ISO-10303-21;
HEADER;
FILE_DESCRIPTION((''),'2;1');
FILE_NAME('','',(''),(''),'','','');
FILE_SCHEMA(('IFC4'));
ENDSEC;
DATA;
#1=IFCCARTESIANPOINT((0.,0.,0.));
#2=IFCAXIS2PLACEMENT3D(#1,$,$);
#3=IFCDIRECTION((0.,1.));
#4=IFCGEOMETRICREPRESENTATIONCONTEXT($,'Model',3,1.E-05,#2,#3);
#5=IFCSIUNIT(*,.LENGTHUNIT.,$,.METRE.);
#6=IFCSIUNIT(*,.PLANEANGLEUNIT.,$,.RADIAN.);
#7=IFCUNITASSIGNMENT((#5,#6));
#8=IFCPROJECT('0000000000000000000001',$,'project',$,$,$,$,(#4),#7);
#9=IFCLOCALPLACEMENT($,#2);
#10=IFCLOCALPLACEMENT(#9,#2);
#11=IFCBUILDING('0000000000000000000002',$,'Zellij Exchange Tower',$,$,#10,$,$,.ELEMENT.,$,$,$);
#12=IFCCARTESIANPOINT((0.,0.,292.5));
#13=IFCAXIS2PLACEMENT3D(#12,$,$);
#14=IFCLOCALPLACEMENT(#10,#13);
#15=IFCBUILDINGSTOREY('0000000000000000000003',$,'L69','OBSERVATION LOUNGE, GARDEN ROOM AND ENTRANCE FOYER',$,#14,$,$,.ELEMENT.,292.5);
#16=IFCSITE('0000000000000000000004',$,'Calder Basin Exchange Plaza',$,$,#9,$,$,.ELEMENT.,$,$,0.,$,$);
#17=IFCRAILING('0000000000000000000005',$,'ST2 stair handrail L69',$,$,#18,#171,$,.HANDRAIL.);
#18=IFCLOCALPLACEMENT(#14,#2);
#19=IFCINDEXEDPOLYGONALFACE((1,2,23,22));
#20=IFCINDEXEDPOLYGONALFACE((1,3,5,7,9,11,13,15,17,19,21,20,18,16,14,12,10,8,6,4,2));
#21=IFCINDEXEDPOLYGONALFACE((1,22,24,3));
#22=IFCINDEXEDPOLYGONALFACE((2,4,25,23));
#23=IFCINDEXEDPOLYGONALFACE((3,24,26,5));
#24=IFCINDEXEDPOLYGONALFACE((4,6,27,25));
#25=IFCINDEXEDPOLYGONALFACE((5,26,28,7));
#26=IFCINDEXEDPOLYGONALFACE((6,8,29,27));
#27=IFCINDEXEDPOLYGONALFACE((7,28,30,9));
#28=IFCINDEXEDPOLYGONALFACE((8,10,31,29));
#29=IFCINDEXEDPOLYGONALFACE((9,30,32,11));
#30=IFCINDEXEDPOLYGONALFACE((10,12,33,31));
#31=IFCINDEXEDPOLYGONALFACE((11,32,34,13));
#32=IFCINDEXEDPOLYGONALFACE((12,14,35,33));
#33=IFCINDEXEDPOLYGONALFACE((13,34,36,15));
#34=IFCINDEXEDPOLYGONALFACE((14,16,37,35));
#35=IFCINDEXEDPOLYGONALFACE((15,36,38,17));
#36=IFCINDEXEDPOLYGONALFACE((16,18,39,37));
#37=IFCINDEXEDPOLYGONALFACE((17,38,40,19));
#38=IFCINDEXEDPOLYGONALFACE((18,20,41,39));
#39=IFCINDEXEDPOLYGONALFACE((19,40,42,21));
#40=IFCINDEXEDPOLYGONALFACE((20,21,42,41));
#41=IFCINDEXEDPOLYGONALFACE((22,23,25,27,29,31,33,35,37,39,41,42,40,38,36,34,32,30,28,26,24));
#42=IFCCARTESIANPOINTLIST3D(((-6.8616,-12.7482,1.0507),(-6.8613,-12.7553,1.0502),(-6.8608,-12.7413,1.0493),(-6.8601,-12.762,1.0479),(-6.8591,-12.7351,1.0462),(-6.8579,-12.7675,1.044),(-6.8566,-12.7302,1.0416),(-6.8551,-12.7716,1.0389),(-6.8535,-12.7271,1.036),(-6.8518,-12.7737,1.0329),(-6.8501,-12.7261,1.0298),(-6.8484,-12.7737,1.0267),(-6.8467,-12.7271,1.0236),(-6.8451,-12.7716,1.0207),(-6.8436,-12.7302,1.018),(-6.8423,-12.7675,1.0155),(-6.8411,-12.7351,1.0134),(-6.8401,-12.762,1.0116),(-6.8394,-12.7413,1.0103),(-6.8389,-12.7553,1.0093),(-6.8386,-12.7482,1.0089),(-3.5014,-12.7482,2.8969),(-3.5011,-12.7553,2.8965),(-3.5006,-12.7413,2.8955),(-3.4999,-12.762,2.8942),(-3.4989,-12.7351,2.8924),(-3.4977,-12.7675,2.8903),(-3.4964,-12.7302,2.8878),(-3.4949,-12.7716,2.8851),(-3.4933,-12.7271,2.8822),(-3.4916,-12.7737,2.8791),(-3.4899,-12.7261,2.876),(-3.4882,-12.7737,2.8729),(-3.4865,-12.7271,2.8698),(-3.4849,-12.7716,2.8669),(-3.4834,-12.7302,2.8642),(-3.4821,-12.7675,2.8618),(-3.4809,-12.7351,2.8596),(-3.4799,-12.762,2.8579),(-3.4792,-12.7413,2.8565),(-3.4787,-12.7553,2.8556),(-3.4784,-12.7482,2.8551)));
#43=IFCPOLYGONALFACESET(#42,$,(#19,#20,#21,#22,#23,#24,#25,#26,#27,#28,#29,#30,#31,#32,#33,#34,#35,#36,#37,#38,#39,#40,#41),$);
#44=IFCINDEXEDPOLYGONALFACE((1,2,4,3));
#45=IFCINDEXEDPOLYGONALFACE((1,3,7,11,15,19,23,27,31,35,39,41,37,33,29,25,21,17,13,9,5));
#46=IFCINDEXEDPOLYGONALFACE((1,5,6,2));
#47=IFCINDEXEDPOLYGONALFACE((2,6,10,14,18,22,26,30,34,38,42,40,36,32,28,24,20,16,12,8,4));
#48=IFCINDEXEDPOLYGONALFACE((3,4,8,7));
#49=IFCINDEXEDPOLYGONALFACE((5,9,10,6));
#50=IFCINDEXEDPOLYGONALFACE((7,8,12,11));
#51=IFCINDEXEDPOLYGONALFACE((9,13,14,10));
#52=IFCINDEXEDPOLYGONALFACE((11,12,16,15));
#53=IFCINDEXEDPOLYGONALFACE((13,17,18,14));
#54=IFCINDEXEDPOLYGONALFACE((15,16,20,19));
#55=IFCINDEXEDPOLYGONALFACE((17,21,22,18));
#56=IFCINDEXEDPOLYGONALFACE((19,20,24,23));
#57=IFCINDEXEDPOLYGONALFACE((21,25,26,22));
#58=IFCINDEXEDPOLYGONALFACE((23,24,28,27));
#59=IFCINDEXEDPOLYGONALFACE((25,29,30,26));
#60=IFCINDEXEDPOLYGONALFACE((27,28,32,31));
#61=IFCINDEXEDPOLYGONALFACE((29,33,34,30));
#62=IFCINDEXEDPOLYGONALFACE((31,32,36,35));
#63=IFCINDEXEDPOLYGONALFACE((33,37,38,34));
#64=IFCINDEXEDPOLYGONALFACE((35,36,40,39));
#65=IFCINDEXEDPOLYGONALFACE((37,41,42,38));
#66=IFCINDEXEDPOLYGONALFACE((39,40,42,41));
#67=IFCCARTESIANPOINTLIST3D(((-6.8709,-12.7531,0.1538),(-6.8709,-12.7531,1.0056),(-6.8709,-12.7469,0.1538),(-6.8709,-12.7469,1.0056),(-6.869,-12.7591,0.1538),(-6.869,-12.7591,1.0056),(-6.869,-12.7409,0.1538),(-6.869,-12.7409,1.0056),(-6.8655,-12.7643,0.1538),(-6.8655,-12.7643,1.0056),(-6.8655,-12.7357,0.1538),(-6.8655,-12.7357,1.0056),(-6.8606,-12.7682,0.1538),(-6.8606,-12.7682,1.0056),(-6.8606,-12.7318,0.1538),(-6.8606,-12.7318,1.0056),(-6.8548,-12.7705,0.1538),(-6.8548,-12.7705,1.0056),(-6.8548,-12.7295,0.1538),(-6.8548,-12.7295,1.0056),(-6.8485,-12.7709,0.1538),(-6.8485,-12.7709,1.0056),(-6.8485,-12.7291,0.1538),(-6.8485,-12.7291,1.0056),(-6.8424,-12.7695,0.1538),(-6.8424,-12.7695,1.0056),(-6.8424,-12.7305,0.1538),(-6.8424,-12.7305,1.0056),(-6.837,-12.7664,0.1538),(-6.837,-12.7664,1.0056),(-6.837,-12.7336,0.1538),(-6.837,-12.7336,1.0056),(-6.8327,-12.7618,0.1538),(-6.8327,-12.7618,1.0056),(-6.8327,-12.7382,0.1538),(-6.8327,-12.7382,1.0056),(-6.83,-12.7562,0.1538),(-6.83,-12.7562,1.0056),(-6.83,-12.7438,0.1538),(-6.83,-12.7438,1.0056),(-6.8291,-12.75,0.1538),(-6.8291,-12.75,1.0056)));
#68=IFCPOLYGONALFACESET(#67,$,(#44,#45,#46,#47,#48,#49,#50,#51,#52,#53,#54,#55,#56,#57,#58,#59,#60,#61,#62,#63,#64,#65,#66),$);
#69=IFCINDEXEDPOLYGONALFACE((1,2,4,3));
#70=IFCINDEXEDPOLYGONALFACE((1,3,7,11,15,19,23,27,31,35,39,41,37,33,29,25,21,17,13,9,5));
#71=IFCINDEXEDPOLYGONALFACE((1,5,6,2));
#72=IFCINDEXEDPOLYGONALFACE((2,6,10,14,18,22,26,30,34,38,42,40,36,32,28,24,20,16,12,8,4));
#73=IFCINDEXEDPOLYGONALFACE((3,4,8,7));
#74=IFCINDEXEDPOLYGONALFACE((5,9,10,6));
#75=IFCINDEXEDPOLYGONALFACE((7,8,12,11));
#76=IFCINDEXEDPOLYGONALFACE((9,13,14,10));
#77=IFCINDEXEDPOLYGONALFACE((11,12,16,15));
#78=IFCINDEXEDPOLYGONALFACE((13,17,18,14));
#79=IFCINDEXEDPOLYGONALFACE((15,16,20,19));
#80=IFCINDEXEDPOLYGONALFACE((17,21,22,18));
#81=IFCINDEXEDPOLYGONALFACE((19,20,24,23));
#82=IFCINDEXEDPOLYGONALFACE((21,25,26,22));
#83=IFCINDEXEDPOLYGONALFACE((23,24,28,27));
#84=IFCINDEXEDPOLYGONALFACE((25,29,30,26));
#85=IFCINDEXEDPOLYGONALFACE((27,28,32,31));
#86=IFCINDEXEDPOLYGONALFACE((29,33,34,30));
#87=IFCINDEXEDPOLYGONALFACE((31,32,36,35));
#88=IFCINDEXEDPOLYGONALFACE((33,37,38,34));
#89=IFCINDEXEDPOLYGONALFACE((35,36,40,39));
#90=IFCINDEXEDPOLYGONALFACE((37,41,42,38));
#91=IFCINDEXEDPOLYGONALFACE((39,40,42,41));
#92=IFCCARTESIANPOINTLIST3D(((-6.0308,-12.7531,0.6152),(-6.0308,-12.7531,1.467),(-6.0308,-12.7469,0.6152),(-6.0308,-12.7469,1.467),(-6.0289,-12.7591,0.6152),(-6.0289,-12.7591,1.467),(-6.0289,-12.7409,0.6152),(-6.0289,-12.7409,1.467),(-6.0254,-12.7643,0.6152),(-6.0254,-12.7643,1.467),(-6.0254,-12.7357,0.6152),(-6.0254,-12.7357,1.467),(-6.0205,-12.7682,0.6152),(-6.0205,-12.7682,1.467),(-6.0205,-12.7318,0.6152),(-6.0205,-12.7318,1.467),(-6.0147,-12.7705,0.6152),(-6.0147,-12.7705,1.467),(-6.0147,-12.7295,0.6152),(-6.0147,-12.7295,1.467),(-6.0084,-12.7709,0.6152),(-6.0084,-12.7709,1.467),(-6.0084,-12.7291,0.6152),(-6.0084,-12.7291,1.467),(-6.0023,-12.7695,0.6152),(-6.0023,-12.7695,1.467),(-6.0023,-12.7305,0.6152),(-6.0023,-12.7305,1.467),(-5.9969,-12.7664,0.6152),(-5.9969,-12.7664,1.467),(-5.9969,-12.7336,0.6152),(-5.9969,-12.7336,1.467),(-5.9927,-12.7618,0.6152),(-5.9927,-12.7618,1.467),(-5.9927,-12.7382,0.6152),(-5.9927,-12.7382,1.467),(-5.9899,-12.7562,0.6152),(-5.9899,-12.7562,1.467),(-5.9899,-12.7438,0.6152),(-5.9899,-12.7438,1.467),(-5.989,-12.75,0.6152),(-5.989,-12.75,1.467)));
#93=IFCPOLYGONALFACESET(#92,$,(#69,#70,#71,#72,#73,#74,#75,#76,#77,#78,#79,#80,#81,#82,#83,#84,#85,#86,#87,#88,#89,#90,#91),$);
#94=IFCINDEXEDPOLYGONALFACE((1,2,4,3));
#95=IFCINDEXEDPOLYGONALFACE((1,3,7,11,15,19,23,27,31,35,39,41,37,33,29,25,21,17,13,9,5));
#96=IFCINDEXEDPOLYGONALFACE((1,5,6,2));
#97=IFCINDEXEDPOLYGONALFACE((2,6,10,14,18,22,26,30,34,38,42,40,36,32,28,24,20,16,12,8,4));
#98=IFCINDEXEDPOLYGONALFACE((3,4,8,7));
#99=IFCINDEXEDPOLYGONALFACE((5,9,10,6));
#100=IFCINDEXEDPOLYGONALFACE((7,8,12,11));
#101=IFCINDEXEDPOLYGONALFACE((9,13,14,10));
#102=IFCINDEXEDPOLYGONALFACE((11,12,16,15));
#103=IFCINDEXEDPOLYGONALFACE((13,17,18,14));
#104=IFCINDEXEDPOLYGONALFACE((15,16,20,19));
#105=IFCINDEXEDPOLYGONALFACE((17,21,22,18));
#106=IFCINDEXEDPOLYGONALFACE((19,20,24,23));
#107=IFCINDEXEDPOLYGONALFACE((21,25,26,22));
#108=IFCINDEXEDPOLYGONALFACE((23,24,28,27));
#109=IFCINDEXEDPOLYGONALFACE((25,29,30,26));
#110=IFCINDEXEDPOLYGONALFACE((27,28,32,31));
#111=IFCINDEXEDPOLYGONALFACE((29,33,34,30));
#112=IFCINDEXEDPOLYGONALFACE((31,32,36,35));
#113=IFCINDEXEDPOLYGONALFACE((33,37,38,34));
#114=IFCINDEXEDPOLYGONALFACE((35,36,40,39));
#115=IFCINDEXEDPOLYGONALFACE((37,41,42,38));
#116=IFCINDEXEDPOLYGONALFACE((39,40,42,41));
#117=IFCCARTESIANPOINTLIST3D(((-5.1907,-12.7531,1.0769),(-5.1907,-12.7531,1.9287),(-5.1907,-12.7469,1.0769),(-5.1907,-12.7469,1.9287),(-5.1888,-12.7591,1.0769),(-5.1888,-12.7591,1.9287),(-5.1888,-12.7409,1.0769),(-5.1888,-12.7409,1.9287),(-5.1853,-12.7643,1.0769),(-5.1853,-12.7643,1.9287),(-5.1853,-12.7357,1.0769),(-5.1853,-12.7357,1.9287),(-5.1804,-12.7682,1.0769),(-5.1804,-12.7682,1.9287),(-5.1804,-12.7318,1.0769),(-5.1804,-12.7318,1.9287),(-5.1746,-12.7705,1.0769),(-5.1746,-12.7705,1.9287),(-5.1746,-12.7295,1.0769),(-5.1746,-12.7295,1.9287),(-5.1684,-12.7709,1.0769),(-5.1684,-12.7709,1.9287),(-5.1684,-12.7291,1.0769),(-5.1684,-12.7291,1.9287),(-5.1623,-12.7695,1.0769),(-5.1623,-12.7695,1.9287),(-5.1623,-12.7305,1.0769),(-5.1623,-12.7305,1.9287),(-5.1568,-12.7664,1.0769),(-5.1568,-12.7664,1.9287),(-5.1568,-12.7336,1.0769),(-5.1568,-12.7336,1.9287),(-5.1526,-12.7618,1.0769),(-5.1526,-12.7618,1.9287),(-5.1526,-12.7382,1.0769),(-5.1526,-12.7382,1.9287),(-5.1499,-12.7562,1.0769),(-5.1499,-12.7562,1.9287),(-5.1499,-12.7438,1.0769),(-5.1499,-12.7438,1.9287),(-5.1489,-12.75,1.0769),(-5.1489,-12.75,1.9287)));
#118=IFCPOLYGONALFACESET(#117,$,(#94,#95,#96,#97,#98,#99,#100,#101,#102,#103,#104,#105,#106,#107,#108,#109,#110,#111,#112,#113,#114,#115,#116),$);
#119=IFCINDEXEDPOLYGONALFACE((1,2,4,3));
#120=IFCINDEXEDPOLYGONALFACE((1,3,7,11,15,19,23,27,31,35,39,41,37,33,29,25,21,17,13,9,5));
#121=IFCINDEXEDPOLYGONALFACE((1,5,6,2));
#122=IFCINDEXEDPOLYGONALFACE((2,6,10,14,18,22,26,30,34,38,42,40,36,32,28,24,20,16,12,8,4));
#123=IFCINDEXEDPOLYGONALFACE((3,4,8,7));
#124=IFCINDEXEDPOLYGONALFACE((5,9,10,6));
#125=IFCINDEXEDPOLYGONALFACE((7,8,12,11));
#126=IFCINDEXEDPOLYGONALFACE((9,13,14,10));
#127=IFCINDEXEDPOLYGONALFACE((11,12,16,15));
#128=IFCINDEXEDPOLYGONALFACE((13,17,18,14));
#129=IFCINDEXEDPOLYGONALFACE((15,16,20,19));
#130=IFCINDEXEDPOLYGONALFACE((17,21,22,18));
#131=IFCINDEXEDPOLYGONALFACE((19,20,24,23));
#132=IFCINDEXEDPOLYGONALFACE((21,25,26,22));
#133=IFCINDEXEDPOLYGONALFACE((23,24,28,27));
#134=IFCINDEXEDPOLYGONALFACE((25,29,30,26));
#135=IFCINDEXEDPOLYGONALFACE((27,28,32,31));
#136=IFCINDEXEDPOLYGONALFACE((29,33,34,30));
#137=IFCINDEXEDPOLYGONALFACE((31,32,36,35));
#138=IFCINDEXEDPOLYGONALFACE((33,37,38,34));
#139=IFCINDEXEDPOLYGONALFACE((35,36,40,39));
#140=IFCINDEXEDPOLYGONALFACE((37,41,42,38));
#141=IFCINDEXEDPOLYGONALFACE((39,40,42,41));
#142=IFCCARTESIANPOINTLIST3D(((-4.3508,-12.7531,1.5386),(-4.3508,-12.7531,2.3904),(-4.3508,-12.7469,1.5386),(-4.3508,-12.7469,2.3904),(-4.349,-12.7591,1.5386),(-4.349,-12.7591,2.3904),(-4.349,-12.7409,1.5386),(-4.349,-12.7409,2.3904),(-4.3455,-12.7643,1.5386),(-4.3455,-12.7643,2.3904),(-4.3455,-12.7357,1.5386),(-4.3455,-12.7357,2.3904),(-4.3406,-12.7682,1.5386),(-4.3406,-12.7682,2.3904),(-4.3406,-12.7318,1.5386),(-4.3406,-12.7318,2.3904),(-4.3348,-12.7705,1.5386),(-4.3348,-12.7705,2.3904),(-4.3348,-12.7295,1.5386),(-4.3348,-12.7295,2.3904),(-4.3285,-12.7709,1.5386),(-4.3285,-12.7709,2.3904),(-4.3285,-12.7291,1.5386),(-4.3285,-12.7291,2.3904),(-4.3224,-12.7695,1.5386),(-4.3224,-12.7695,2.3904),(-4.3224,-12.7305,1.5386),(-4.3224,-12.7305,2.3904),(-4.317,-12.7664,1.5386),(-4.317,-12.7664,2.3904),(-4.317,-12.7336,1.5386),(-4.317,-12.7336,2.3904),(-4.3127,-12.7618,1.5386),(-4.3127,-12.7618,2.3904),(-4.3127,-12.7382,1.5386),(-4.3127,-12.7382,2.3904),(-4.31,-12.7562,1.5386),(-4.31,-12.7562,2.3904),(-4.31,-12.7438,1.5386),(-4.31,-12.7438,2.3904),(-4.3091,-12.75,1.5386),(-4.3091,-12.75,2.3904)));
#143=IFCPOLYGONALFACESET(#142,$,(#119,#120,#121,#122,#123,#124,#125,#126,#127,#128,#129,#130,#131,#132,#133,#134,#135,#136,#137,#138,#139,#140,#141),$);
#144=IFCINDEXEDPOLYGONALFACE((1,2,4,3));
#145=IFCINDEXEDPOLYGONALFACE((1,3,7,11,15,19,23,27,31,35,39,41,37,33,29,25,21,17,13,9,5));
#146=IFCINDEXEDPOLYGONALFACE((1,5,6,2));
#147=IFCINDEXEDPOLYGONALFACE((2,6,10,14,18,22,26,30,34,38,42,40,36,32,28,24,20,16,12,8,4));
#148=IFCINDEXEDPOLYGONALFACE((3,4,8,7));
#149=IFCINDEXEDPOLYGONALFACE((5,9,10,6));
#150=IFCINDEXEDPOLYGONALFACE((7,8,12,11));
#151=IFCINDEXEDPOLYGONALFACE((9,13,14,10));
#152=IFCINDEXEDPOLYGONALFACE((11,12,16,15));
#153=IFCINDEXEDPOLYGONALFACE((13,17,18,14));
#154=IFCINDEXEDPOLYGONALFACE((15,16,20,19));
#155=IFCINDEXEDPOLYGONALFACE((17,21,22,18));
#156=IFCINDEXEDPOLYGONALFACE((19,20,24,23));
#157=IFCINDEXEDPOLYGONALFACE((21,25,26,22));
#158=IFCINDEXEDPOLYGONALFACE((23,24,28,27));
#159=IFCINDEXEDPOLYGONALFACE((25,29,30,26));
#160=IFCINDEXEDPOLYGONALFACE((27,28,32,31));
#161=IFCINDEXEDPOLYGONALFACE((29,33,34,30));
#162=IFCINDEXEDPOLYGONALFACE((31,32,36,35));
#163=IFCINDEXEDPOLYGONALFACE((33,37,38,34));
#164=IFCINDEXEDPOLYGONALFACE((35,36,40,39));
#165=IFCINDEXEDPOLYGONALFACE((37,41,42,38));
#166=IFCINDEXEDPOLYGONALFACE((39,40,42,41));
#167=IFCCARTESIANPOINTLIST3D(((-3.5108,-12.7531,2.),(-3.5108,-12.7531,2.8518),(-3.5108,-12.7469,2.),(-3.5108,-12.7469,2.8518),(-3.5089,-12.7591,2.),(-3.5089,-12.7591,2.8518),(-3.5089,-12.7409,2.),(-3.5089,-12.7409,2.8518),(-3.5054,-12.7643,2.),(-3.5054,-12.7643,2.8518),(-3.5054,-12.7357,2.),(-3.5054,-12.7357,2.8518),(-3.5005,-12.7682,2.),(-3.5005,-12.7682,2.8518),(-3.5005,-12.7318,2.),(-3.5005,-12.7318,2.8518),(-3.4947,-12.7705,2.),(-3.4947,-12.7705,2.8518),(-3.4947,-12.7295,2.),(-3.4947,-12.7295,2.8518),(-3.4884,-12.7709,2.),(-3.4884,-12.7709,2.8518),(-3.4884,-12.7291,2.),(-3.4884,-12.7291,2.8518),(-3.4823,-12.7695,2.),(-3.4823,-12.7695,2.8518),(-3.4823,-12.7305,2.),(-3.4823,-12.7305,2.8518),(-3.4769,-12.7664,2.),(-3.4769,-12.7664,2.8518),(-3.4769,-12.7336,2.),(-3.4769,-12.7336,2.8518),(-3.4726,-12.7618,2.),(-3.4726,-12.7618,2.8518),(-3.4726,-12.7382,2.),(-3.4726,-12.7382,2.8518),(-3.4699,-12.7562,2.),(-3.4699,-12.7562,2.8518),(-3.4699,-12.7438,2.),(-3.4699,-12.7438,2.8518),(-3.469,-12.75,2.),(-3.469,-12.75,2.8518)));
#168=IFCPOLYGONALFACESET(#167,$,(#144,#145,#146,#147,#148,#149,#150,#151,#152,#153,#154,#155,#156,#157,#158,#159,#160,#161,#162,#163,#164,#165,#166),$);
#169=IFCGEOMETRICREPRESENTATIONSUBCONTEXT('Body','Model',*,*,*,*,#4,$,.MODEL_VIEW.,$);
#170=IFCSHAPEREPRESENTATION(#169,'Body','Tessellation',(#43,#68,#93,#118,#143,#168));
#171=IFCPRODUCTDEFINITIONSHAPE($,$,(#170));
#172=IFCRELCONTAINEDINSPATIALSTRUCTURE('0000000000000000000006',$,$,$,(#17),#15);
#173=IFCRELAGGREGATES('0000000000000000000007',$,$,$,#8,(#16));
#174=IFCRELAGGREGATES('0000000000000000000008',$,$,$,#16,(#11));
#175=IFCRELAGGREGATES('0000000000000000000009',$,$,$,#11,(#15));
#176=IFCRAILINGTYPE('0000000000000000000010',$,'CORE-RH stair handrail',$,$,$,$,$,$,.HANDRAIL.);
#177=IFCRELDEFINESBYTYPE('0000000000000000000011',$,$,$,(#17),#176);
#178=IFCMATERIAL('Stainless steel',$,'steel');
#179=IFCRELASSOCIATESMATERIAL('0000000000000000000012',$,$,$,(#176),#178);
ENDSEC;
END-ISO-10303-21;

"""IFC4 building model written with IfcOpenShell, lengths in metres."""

from ifc_helpers import new_model, si_unit, direction, frame, origin, origin_2d, place, context, subcontext, project, spatial, circle, extrude, material, type_object, element, save


model = new_model("IFC4")

# Units and contexts
model_context = context("Model", 3, precision=1e-05, world=origin(), true_north=direction((0.0, 1.0)))
body_context = subcontext(model_context, "Body", "Model", "MODEL_VIEW")
ifc_project = project(units=[si_unit("LENGTHUNIT", "METRE"), si_unit("PLANEANGLEUNIT", "RADIAN")], contexts=[model_context])

# Site, building, storey
site_placement = place(None, origin())
site = spatial("IfcSite", under=ifc_project, at=site_placement, Name="Calder Basin Exchange Plaza", CompositionType="ELEMENT", RefElevation=0.0)
building_placement = place(site_placement, origin())
building = spatial("IfcBuilding", under=site, at=building_placement, Name="Zellij Exchange Tower", CompositionType="ELEMENT")
storey_placement = place(building_placement, frame((0.0, 0.0, 292.5)))
storey = spatial("IfcBuildingStorey", under=building, at=storey_placement, Name="L69", Description="OBSERVATION LOUNGE, GARDEN ROOM AND ENTRANCE FOYER", CompositionType="ELEMENT", Elevation=292.5)

# Railing
ifc_material_1 = material(Name="Stainless steel", Category="steel")
railing_type_1 = type_object("IfcRailingType", Name="CORE-RH stair handrail", PredefinedType="HANDRAIL", material=ifc_material_1)
railing_1_placement = place(storey_placement, frame((-6.8501, -12.75, 0.1538)))
element("IfcRailing", 1, at=railing_1_placement, inside=storey, type_object=railing_type_1, Name="ST2 stair handrail L69", PredefinedType="HANDRAIL", context=body_context, shape_type="SweptSolid", body=[
    extrude(circle(Radius=0.0239, at=origin_2d()), frame((0.0, 0.0, 0.876), z_axis=(0.876422, 0.0, 0.481545), x_axis=(0.0, 1.0, 0.0)), (0.0, 0.0, 1.0), 3.834),
    extrude(circle(Radius=0.021, at=origin_2d()), origin(), (0.0, 0.0, 1.0), 0.8518),
    extrude(circle(Radius=0.021, at=origin_2d()), frame((0.8401, 0.0, 0.4614)), (0.0, 0.0, 1.0), 0.8518),
    extrude(circle(Radius=0.021, at=origin_2d()), frame((1.6802, 0.0, 0.9231)), (0.0, 0.0, 1.0), 0.8518),
    extrude(circle(Radius=0.021, at=origin_2d()), frame((2.52, 0.0, 1.3848)), (0.0, 0.0, 1.0), 0.8518),
    extrude(circle(Radius=0.021, at=origin_2d()), frame((3.3601, 0.0, 1.8462)), (0.0, 0.0, 1.0), 0.8518),
])

save(model, "model.ifc")
